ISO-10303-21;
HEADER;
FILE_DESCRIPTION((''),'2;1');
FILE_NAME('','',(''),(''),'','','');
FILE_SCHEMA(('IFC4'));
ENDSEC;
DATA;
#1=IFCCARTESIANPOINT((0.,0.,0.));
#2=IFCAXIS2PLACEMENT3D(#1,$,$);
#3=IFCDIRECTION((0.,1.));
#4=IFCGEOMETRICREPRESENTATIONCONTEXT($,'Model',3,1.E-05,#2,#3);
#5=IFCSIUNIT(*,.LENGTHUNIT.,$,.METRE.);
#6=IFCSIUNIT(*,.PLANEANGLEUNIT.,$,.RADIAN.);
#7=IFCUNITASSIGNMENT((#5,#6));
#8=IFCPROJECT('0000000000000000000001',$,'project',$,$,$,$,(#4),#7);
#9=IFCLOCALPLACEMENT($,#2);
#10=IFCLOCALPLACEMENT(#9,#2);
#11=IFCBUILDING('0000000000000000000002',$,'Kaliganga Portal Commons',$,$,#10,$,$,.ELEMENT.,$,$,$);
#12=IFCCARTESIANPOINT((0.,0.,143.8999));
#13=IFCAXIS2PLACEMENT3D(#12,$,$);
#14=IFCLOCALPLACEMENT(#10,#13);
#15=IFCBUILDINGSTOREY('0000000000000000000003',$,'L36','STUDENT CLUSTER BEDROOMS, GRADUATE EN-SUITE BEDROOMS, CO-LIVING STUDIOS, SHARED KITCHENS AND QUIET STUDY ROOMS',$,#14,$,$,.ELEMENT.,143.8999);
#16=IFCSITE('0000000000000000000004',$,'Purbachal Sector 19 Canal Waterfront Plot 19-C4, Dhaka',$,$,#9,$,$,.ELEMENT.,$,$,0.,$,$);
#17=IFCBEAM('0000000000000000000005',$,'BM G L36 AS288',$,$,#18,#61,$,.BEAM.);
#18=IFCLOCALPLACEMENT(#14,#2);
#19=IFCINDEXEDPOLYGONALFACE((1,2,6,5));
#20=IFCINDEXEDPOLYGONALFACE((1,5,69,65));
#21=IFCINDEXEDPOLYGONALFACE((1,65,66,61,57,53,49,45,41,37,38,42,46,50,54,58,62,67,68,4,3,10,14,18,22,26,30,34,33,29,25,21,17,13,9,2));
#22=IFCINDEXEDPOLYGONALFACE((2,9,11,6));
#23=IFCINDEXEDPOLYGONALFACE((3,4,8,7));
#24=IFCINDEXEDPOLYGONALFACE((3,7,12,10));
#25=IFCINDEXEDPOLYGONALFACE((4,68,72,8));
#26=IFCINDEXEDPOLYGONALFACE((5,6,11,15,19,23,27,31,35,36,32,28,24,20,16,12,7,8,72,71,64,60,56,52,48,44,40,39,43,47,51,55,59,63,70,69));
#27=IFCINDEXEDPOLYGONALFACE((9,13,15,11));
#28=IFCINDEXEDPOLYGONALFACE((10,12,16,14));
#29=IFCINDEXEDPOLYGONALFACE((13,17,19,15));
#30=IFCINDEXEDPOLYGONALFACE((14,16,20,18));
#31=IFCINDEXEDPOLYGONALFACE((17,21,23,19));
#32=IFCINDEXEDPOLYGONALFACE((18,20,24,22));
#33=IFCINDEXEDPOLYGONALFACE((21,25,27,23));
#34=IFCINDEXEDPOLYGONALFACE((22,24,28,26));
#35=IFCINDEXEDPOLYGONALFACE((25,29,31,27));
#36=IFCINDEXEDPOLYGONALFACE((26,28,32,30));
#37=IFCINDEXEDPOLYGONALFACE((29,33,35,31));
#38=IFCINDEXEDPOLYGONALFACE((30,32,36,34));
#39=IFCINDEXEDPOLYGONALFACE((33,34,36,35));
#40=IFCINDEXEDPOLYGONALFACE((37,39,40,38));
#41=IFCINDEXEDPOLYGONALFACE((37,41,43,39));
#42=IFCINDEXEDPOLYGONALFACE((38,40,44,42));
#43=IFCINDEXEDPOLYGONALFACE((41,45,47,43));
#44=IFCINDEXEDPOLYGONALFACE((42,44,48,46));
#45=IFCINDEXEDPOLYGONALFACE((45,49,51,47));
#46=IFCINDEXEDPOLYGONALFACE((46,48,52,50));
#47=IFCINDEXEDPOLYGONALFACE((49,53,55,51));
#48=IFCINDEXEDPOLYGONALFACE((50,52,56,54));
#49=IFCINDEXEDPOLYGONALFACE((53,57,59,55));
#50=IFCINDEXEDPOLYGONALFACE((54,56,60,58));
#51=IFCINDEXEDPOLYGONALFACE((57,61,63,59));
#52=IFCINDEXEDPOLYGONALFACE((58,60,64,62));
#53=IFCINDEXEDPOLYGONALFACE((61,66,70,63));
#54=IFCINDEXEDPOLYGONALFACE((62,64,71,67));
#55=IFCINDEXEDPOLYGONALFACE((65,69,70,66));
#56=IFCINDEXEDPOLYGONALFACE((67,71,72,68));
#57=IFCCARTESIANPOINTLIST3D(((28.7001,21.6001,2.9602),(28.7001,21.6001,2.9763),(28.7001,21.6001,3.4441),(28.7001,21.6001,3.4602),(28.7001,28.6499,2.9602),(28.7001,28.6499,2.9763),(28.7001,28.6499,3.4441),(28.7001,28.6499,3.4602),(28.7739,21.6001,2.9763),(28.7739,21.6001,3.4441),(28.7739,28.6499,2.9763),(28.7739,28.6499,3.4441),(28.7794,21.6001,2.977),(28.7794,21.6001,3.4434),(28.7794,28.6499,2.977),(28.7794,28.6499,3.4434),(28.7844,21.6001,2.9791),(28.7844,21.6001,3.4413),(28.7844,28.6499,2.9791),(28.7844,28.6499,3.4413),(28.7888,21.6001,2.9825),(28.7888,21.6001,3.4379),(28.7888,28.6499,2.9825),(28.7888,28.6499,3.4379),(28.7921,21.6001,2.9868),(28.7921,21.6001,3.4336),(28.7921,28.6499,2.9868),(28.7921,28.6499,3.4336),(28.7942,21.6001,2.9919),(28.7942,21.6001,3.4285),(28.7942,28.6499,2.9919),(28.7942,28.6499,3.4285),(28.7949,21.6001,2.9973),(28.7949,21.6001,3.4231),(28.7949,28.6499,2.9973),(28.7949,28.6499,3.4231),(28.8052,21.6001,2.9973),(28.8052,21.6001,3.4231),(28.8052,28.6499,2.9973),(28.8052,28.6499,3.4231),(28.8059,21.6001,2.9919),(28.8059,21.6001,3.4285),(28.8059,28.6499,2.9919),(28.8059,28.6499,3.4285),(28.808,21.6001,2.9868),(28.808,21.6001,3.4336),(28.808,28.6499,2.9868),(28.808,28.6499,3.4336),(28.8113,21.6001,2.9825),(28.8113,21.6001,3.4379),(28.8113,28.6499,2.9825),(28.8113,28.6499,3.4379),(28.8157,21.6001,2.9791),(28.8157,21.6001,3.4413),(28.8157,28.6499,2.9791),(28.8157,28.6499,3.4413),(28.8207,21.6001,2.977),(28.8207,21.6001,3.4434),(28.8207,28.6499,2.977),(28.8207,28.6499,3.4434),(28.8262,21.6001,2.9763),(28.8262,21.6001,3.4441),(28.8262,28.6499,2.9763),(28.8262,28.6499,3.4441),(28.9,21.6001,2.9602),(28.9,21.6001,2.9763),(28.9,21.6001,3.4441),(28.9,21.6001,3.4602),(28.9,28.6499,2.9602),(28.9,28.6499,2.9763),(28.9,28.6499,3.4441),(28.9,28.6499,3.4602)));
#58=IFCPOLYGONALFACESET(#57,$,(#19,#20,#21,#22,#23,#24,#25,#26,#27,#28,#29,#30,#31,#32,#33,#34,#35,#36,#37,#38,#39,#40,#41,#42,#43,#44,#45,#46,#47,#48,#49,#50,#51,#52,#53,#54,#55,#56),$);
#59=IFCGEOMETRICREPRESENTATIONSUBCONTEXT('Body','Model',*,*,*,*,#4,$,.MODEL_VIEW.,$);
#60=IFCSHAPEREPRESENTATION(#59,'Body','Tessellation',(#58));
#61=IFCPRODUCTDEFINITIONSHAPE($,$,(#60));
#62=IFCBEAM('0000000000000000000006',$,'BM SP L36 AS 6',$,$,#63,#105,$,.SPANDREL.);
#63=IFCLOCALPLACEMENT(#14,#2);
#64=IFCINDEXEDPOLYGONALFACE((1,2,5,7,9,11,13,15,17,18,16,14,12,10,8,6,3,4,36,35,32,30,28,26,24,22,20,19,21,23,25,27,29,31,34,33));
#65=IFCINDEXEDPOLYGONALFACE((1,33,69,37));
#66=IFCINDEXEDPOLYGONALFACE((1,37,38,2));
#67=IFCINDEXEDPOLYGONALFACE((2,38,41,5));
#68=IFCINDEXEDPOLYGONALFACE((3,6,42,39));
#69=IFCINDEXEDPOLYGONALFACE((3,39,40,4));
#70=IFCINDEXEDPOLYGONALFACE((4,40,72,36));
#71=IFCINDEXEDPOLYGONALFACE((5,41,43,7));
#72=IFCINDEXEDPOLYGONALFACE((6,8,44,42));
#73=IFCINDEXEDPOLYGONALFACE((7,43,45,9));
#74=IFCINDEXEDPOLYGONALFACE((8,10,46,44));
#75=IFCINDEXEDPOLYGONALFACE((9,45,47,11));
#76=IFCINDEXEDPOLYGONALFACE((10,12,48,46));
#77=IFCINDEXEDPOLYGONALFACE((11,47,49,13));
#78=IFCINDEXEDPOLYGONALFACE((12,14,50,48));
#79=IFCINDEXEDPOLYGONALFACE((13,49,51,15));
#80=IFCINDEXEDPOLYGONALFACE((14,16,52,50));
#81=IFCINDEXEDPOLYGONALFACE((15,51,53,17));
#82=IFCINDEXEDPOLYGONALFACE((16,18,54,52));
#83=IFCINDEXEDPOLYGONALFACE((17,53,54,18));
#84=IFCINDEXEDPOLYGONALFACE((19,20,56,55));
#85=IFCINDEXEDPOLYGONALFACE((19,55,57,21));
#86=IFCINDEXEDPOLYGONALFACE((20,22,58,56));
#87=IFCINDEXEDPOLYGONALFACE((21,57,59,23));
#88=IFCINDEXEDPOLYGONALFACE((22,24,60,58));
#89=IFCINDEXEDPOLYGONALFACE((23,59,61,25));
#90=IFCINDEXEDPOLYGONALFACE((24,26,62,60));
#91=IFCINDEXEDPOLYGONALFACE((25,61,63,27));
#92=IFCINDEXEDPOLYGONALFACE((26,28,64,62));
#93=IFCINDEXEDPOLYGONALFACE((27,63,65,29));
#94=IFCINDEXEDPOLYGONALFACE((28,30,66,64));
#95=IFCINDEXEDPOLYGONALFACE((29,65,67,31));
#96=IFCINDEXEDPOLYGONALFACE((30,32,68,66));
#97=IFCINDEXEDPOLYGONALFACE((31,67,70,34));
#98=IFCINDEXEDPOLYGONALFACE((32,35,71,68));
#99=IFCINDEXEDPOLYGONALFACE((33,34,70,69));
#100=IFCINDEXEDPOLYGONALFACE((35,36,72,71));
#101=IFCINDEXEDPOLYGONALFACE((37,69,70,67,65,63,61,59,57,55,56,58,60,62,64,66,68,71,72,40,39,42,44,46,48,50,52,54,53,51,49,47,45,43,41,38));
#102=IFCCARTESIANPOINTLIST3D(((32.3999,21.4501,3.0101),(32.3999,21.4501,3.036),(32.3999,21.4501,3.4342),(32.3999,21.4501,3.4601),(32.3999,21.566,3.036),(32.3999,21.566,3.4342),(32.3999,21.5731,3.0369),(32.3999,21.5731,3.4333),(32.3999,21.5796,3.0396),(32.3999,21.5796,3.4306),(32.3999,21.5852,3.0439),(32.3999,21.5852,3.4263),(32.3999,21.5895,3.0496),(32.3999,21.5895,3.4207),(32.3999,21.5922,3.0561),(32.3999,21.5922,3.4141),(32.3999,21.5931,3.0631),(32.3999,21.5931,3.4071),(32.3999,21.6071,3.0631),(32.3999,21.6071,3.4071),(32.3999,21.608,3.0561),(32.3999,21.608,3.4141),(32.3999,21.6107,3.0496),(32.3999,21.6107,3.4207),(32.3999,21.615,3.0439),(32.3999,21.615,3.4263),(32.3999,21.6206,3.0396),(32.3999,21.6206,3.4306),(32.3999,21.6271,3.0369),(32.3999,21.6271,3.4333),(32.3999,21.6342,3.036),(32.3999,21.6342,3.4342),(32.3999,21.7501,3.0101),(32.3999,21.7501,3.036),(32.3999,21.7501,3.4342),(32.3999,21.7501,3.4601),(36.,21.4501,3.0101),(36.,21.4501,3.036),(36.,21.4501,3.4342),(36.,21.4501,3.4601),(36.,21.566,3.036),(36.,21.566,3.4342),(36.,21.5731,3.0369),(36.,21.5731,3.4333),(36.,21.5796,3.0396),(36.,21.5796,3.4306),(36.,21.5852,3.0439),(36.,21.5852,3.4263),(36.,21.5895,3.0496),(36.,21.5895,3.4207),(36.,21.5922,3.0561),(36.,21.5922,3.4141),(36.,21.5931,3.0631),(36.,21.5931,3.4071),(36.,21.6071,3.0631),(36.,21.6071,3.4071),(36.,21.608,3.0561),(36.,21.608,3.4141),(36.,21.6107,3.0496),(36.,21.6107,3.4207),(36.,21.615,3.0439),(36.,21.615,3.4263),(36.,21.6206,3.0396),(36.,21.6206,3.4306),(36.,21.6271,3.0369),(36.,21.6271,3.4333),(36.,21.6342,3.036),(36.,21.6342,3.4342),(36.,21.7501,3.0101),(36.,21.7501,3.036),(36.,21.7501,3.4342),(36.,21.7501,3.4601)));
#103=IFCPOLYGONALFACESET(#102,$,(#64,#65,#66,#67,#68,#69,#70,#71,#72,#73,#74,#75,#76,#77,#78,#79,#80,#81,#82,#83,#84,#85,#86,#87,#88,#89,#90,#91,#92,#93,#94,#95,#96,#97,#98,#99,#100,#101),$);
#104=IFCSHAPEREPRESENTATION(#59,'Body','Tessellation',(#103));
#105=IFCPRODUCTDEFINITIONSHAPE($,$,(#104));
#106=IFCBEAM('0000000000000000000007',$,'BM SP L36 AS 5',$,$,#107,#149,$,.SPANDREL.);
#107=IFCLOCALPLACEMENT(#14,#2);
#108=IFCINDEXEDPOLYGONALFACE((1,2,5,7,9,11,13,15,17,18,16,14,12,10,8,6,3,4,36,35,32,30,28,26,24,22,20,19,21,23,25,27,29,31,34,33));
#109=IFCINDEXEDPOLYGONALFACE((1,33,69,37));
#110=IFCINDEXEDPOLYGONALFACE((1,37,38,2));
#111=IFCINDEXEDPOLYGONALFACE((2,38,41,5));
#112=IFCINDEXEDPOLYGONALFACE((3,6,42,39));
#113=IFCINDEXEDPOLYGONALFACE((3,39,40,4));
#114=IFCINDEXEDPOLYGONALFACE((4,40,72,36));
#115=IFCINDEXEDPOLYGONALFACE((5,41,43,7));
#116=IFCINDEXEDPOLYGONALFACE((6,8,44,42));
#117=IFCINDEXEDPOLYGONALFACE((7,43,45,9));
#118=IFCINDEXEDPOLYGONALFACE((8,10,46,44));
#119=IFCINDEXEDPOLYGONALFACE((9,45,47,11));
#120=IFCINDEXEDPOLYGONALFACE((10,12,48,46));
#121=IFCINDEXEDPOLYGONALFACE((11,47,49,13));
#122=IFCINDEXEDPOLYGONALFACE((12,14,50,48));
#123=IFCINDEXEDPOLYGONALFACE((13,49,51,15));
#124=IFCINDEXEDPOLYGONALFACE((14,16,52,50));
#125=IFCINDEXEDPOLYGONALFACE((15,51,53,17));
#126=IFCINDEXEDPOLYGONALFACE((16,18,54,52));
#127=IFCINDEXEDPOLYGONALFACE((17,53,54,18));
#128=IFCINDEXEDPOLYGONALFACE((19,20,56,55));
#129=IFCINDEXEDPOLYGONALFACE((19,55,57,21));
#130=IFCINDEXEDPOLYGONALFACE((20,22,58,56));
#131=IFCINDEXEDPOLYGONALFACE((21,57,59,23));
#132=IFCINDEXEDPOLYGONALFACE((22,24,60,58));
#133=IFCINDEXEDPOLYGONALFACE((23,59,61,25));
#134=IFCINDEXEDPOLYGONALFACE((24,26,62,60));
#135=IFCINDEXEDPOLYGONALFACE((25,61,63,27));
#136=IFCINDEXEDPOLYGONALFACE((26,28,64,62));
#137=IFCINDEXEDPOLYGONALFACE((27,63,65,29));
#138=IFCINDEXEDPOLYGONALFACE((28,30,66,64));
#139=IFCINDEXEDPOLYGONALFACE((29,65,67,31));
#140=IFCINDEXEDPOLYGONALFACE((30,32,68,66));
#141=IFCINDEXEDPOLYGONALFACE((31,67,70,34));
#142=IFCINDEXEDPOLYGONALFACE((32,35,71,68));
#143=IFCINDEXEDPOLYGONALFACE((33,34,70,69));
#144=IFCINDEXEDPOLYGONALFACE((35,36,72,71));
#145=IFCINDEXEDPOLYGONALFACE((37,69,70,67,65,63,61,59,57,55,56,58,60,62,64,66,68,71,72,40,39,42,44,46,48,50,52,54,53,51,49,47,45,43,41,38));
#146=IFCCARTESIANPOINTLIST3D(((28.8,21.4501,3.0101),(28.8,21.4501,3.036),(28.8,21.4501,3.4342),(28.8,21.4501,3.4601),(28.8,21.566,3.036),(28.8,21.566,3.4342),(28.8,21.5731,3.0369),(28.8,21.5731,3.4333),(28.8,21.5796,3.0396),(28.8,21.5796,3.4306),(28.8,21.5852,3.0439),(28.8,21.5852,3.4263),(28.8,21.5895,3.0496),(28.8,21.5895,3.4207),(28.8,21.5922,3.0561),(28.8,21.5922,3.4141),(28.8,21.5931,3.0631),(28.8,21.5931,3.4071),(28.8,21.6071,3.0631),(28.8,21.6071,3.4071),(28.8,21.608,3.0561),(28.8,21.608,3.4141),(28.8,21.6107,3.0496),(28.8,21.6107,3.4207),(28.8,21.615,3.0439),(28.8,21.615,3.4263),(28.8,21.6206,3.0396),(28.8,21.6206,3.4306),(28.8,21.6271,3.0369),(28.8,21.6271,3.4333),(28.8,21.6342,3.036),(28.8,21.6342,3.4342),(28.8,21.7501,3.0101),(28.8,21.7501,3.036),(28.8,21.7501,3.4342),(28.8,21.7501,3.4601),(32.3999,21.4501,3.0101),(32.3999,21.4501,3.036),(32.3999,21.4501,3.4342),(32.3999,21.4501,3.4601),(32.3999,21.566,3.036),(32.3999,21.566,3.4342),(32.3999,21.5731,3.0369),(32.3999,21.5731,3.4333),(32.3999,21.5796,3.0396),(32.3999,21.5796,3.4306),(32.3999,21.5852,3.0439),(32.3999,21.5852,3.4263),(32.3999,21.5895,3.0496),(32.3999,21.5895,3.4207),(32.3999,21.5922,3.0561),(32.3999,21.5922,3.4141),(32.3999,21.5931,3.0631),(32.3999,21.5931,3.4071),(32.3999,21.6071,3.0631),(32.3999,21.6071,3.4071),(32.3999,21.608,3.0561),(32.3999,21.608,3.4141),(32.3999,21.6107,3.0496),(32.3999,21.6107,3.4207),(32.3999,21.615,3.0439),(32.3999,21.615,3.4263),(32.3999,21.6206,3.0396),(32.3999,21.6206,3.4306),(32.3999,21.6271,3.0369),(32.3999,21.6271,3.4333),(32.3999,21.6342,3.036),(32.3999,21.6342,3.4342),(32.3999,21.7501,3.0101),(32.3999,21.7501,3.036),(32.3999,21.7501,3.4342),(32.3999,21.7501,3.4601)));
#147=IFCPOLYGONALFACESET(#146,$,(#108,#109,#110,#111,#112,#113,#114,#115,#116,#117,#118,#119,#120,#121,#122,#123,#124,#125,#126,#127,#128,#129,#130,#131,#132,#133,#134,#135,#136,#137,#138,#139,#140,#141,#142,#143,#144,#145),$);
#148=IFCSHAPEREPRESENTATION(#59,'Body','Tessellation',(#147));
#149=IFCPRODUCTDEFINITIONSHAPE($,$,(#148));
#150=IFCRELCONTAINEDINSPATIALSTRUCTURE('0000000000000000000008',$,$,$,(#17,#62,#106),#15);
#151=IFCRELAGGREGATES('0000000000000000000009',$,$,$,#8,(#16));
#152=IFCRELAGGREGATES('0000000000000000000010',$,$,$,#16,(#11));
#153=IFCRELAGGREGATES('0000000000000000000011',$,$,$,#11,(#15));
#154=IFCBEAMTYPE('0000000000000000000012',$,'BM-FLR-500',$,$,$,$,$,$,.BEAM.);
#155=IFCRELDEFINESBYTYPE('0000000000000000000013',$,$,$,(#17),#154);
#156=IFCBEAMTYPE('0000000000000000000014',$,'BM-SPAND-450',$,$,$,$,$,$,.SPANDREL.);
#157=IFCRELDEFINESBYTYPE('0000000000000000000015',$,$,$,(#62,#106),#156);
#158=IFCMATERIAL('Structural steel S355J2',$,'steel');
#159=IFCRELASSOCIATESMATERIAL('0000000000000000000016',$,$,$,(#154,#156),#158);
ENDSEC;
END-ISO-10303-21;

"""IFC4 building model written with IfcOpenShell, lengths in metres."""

from ifc_helpers import new_model, si_unit, direction, frame, origin, origin_2d, place, context, subcontext, project, spatial, i_section, extrude, source, transform, mapped, material, material_profile, profile_set, type_object, element, save


model = new_model("IFC4")

# Units and contexts
model_context = context("Model", 3, precision=1e-05, world=origin(), true_north=direction((0.0, 1.0)))
body_context = subcontext(model_context, "Body", "Model", "MODEL_VIEW")
ifc_project = project(units=[si_unit("LENGTHUNIT", "METRE"), si_unit("PLANEANGLEUNIT", "RADIAN")], contexts=[model_context])

# Site, building, storey
site_placement = place(None, origin())
site = spatial("IfcSite", under=ifc_project, at=site_placement, Name="Purbachal Sector 19 Canal Waterfront Plot 19-C4, Dhaka", CompositionType="ELEMENT", RefElevation=0.0)
building_placement = place(site_placement, origin())
building = spatial("IfcBuilding", under=site, at=building_placement, Name="Kaliganga Portal Commons", CompositionType="ELEMENT")
storey_placement = place(building_placement, frame((0.0, 0.0, 143.8999)))
storey = spatial("IfcBuildingStorey", under=building, at=storey_placement, Name="L36", Description="STUDENT CLUSTER BEDROOMS, GRADUATE EN-SUITE BEDROOMS, CO-LIVING STUDIOS, SHARED KITCHENS AND QUIET STUDY ROOMS", CompositionType="ELEMENT", Elevation=143.8999)

# Beams
ifc_material_1 = material(Name="Structural steel S355J2", Category="steel")
ifc_material_profile_1 = material_profile(ifc_material_1, i_section(OverallWidth=0.2, OverallDepth=0.5, WebThickness=0.0103, FlangeThickness=0.0161, FilletRadius=0.021, at=origin_2d()), Name="IPE 500")
ifc_profile_set_1 = profile_set([ifc_material_profile_1], Name="Structural steel S355J2 wide-flange")
beam_type_1 = type_object("IfcBeamType", Name="BM-FLR-500", PredefinedType="BEAM", material=ifc_profile_set_1)
shared_shape_1 = source(origin(), body_context, "Body", "SweptSolid", [
    extrude(i_section(OverallWidth=0.2, OverallDepth=0.5, WebThickness=0.0103, FlangeThickness=0.0161, FilletRadius=0.021, at=origin_2d()), origin(), (0.0, 0.0, 1.0), 7.0498),
])
beam_1_placement = place(storey_placement, frame((28.8, 21.6001, 3.2102), z_axis=(0.0, 1.0, 0.0), x_axis=(-1.0, 0.0, 0.0)))
element("IfcBeam", 1, at=beam_1_placement, inside=storey, type_object=beam_type_1, Name="BM G L36 AS288", PredefinedType="BEAM", context=body_context, shape_type="MappedRepresentation", body=[
    mapped(shared_shape_1, transform((0.0, 0.0, 0.0), x_axis=(1.0, 0.0, 0.0), y_axis=(0.0, 1.0, 0.0), z_axis=(0.0, 0.0, 1.0), scale=1.0)),
])
ifc_material_profile_2 = material_profile(ifc_material_1, i_section(OverallWidth=0.3, OverallDepth=0.45, WebThickness=0.0139, FlangeThickness=0.0259, FilletRadius=0.0271, at=origin_2d()), Name="HE 450 B")
ifc_profile_set_2 = profile_set([ifc_material_profile_2], Name="Structural steel S355J2 wide-flange")
beam_type_2 = type_object("IfcBeamType", Name="BM-SPAND-450", PredefinedType="SPANDREL", material=ifc_profile_set_2)
shared_shape_2 = source(origin(), body_context, "Body", "SweptSolid", [
    extrude(i_section(OverallWidth=0.3, OverallDepth=0.45, WebThickness=0.0139, FlangeThickness=0.0259, FilletRadius=0.0271, at=origin_2d()), origin(), (0.0, 0.0, 1.0), 3.6001),
])
beam_2_placement = place(storey_placement, frame((32.3999, 21.6001, 3.2351), z_axis=(1.0, 0.0, 0.0), x_axis=(0.0, 1.0, 0.0)))
element("IfcBeam", 2, at=beam_2_placement, inside=storey, type_object=beam_type_2, Name="BM SP L36 AS 6", PredefinedType="SPANDREL", context=body_context, shape_type="MappedRepresentation", body=[
    mapped(shared_shape_2, transform((0.0, 0.0, 0.0), x_axis=(1.0, 0.0, 0.0), y_axis=(0.0, 1.0, 0.0), z_axis=(0.0, 0.0, 1.0), scale=1.0)),
])
shared_shape_3 = source(origin(), body_context, "Body", "SweptSolid", [
    extrude(i_section(OverallWidth=0.3, OverallDepth=0.45, WebThickness=0.0139, FlangeThickness=0.0259, FilletRadius=0.0271, at=origin_2d()), origin(), (0.0, 0.0, 1.0), 3.5999),
])
beam_3_placement = place(storey_placement, frame((28.8, 21.6001, 3.2351), z_axis=(1.0, 0.0, 0.0), x_axis=(0.0, 1.0, 0.0)))
element("IfcBeam", 3, at=beam_3_placement, inside=storey, type_object=beam_type_2, Name="BM SP L36 AS 5", PredefinedType="SPANDREL", context=body_context, shape_type="MappedRepresentation", body=[
    mapped(shared_shape_3, transform((0.0, 0.0, 0.0), x_axis=(1.0, 0.0, 0.0), y_axis=(0.0, 1.0, 0.0), z_axis=(0.0, 0.0, 1.0), scale=1.0)),
])

save(model, "model.ifc")
